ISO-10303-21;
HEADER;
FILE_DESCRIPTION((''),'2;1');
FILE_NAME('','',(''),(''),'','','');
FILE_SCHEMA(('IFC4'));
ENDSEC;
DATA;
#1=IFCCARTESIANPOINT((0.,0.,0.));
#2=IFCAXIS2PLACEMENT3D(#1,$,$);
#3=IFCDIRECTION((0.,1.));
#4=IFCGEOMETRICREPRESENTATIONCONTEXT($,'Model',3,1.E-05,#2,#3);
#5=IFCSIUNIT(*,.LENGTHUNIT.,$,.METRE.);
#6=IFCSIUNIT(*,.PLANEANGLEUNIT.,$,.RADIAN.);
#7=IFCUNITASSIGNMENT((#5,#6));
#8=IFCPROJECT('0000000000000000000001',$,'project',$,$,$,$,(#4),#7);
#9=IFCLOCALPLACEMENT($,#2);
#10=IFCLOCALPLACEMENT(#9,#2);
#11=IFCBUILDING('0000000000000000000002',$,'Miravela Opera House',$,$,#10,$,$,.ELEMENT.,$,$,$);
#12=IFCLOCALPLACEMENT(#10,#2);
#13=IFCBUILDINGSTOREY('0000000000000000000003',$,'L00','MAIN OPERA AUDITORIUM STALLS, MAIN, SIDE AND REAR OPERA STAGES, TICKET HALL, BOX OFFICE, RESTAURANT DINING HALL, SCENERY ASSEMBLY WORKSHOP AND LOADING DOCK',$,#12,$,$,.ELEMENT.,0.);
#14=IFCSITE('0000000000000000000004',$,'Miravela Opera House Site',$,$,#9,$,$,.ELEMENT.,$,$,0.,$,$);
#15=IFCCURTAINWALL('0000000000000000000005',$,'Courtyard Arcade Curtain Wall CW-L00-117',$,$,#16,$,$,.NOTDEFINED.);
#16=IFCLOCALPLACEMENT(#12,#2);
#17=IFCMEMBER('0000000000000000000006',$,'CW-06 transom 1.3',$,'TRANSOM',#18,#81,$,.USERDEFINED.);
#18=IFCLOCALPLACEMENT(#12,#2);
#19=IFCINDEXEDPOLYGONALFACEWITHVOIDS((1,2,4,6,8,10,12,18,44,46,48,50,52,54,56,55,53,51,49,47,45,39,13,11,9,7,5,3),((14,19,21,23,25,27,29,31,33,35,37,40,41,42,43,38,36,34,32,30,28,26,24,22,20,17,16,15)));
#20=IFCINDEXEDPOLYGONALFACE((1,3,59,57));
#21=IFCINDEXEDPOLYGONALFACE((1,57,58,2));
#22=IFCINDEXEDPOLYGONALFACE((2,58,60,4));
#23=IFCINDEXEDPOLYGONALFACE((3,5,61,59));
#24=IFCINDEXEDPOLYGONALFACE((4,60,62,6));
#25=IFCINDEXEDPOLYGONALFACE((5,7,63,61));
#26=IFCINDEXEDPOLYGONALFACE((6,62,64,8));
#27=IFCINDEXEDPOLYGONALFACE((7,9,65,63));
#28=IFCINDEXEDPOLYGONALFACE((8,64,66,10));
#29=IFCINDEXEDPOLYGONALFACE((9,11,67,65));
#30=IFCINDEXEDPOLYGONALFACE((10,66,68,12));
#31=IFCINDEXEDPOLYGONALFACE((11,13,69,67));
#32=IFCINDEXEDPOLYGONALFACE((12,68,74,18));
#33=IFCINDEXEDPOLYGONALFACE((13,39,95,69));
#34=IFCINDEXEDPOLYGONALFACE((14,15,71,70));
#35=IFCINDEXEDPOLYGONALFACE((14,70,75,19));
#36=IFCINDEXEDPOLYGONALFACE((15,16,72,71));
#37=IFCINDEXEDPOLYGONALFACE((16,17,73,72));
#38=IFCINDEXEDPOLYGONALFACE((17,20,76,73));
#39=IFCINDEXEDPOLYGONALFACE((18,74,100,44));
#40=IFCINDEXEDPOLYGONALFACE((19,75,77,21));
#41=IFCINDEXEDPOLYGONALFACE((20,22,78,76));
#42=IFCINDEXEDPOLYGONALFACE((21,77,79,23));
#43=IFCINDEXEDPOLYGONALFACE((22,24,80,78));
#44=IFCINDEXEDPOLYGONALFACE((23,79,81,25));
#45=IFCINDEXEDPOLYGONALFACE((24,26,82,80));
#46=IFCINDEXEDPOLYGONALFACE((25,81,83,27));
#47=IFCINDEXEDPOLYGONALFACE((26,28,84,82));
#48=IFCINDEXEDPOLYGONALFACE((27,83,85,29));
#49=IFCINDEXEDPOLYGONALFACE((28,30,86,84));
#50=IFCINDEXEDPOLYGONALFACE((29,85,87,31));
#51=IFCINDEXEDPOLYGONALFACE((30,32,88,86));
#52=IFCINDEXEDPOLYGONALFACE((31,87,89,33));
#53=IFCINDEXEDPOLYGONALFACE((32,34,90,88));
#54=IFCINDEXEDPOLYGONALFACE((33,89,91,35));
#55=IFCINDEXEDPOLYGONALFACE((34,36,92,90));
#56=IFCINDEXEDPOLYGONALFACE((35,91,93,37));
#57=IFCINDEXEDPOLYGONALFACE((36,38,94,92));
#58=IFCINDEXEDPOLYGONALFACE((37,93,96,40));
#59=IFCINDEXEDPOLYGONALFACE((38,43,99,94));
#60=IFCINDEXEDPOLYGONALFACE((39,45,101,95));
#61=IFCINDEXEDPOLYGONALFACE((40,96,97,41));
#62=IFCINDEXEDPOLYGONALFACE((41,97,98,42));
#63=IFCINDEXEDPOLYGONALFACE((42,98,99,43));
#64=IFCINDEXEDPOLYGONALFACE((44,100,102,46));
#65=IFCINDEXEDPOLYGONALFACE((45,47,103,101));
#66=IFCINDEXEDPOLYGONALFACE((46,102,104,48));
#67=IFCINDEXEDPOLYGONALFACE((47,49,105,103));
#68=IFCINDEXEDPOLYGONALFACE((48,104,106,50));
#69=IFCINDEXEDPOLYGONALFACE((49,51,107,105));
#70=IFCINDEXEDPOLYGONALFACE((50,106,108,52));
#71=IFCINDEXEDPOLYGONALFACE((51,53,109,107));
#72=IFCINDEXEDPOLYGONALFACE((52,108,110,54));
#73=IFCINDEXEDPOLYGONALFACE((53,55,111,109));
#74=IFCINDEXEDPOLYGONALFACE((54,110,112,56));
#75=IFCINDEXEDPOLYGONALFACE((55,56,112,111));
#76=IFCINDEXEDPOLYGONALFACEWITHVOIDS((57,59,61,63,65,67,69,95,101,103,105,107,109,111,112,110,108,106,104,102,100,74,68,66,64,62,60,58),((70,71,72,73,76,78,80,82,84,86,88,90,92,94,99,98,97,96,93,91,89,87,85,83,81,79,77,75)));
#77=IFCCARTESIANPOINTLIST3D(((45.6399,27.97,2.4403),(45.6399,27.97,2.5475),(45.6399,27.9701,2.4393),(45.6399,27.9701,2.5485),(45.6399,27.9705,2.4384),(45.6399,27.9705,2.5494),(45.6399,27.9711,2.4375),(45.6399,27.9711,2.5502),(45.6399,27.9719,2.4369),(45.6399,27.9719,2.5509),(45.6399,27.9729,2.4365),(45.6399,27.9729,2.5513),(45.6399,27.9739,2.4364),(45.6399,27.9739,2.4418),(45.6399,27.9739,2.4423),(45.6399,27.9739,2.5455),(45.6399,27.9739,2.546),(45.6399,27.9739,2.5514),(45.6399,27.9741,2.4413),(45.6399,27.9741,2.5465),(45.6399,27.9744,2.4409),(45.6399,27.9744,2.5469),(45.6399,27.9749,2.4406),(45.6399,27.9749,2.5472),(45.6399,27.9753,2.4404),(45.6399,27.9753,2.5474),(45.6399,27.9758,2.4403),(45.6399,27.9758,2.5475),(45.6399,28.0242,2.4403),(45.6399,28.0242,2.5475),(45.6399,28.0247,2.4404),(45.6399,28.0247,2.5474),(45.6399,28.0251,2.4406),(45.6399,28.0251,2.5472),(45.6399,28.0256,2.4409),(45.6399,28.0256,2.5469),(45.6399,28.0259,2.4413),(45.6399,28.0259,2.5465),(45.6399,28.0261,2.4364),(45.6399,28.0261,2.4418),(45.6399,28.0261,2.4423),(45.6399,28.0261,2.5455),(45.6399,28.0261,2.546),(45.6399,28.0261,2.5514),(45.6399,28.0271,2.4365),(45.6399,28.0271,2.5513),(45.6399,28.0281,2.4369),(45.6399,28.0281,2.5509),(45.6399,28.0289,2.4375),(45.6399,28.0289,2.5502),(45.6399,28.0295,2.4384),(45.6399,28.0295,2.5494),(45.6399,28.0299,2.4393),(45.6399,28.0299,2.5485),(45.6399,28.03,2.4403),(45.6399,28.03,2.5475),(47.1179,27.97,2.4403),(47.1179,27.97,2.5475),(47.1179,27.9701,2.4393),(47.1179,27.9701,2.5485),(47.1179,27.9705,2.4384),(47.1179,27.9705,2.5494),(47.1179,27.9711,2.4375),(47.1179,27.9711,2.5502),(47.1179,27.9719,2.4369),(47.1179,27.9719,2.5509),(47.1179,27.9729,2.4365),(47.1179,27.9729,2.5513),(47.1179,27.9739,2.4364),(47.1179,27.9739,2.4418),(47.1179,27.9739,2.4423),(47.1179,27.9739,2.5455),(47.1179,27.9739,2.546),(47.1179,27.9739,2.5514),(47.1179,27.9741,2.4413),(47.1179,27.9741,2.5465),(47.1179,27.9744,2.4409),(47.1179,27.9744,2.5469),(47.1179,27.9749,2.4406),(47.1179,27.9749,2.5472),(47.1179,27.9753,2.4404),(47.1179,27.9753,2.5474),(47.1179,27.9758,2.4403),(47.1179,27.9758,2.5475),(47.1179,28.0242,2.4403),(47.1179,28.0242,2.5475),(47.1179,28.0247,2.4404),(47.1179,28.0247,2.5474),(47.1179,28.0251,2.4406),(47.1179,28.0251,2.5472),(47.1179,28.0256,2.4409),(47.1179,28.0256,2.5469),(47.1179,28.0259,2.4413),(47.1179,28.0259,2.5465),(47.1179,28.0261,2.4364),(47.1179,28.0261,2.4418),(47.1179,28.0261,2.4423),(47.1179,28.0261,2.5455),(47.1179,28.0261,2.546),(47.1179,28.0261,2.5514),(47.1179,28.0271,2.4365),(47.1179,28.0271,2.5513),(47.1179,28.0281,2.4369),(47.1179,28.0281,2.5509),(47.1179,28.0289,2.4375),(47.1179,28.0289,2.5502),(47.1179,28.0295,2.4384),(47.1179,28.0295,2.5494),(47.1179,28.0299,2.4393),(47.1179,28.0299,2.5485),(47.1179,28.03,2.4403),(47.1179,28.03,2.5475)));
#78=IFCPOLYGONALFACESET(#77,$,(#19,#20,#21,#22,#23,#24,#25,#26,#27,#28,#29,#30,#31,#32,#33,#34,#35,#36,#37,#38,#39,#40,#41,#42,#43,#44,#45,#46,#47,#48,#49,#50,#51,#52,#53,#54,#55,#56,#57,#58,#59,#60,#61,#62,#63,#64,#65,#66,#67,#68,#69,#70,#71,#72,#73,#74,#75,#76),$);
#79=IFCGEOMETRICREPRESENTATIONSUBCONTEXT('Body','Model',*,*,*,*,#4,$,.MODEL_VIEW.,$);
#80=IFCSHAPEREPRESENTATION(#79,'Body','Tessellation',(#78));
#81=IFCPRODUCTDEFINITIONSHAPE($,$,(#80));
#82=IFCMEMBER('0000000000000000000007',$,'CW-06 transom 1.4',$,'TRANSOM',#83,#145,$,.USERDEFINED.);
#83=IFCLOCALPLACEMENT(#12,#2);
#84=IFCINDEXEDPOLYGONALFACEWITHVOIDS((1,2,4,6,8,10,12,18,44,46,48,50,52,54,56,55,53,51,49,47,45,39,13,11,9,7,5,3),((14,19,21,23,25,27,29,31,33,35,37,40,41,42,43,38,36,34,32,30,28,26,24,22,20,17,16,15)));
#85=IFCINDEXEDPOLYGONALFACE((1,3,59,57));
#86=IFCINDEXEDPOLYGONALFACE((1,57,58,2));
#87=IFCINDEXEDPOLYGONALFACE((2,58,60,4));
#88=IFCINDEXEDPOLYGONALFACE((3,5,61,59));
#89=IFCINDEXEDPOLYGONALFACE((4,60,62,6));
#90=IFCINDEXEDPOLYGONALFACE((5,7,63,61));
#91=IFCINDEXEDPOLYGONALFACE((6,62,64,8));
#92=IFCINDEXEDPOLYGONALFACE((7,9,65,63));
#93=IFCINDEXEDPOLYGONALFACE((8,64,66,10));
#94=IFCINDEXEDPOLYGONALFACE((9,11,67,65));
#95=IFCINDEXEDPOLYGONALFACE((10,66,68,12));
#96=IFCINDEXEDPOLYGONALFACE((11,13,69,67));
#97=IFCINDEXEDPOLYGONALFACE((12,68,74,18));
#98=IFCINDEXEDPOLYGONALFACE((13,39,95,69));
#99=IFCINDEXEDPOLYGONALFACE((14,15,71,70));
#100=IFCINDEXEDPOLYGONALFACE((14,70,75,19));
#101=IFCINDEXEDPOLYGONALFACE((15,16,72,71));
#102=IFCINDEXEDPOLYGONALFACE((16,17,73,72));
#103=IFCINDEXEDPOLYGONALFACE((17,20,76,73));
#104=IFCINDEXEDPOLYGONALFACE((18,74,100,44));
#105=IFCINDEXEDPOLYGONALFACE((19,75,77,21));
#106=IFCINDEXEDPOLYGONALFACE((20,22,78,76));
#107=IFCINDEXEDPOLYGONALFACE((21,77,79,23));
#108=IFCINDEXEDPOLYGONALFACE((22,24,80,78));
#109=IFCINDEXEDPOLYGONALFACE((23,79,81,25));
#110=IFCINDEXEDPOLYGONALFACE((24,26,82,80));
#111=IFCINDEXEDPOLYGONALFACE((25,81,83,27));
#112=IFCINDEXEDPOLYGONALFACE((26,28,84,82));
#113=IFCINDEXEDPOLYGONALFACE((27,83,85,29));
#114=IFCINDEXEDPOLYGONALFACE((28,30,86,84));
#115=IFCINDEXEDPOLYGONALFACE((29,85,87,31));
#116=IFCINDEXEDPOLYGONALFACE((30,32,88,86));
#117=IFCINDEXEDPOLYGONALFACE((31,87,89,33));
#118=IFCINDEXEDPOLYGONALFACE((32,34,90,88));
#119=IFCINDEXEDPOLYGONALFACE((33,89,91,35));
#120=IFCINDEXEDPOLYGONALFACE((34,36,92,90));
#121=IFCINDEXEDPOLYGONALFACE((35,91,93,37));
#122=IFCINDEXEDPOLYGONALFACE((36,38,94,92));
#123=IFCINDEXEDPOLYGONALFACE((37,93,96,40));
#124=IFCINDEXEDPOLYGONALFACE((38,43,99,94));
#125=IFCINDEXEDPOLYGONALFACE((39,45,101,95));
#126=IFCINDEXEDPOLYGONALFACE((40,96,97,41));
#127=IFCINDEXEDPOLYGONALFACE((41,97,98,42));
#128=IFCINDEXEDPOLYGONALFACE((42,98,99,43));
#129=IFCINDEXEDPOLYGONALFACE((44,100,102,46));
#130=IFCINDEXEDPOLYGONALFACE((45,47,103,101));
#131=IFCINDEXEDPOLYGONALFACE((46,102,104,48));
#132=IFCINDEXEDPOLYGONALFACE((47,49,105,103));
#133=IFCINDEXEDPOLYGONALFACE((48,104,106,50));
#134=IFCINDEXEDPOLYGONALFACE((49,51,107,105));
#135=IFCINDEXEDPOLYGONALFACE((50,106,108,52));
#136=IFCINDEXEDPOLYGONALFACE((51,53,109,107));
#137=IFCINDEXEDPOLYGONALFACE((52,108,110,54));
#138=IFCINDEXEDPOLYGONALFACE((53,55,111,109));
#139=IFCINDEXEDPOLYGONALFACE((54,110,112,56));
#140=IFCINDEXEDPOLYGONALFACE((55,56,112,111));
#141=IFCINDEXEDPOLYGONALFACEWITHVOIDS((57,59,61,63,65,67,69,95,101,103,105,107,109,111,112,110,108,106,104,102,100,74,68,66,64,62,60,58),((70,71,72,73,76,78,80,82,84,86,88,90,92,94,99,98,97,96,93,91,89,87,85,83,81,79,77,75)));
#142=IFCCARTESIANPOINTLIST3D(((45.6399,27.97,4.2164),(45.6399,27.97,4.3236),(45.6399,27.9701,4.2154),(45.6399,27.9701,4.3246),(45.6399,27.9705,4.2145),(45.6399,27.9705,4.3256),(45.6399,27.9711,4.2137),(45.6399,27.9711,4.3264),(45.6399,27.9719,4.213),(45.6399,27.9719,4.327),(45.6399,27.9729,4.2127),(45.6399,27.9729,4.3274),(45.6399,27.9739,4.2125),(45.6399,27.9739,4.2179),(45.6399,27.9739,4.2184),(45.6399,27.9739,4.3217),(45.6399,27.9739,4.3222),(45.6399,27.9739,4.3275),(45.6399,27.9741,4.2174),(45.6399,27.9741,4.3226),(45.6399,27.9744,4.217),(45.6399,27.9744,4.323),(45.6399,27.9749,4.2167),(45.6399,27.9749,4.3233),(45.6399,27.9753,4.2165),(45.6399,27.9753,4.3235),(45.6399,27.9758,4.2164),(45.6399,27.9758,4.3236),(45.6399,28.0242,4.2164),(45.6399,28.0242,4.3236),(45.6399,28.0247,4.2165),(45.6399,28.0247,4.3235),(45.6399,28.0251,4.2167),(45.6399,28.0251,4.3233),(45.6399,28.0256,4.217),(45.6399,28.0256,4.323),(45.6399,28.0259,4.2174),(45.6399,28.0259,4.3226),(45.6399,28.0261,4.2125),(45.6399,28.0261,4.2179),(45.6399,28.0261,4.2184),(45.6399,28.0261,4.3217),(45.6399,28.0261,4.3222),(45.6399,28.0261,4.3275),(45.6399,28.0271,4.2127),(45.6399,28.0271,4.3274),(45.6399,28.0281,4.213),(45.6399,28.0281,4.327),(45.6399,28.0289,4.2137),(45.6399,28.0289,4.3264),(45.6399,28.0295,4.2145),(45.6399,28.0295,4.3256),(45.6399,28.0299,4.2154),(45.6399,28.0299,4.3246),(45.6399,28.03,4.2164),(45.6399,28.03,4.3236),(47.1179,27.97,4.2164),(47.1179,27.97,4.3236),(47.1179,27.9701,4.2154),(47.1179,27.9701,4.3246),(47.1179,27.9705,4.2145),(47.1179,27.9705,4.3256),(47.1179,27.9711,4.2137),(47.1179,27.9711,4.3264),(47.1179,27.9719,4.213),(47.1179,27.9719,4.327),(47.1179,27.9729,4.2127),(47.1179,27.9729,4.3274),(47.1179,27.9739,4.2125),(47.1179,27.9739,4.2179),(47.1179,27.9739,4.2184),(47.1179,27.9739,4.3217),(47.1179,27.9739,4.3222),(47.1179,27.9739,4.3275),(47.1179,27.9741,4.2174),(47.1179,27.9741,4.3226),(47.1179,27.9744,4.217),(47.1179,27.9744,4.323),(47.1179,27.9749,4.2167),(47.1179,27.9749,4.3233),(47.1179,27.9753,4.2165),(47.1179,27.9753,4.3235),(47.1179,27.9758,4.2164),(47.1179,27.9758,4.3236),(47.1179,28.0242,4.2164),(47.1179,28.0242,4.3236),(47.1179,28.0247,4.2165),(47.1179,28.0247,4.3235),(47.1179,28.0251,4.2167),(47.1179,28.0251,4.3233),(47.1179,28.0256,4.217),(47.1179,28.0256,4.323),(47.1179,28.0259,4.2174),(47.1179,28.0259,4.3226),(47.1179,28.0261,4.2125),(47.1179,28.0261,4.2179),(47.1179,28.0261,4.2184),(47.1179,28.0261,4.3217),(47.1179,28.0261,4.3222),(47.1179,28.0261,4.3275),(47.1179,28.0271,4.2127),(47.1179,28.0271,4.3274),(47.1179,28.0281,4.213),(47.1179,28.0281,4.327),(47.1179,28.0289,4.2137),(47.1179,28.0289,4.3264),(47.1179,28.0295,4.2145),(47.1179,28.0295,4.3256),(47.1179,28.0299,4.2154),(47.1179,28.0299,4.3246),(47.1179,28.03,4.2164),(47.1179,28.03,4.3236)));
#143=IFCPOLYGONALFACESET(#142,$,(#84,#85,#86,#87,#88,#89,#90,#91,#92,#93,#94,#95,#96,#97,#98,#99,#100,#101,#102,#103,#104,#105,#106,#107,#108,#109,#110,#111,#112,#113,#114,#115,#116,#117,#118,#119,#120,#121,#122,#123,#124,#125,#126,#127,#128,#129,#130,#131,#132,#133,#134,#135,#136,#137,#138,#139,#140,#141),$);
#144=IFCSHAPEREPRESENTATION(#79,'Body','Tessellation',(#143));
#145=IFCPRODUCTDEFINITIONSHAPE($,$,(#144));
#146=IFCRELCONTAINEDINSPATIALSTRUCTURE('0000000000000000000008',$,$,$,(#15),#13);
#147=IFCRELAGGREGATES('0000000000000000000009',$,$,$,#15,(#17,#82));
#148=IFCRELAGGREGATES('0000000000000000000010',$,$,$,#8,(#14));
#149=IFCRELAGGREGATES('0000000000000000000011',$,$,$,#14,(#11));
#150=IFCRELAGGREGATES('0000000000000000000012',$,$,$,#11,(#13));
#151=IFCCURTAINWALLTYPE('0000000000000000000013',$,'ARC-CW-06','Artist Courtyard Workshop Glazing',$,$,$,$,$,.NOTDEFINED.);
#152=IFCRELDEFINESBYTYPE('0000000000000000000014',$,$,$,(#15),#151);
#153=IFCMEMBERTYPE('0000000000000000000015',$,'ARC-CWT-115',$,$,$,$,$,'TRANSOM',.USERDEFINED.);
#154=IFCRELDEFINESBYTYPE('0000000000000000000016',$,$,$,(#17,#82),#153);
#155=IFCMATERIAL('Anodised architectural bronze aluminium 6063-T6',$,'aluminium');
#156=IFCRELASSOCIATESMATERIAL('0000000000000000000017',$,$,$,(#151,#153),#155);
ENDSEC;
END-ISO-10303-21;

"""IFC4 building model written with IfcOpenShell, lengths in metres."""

from ifc_helpers import new_model, si_unit, direction, frame, origin, origin_2d, place, context, subcontext, project, spatial, hollow_rectangle, extrude, material, material_profile, profile_set, type_object, element, aggregate, save


model = new_model("IFC4")

# Units and contexts
model_context = context("Model", 3, precision=1e-05, world=origin(), true_north=direction((0.0, 1.0)))
body_context = subcontext(model_context, "Body", "Model", "MODEL_VIEW")
ifc_project = project(units=[si_unit("LENGTHUNIT", "METRE"), si_unit("PLANEANGLEUNIT", "RADIAN")], contexts=[model_context])

# Site, building, storey
site_placement = place(None, origin())
site = spatial("IfcSite", under=ifc_project, at=site_placement, Name="Miravela Opera House Site", CompositionType="ELEMENT", RefElevation=0.0)
building_placement = place(site_placement, origin())
building = spatial("IfcBuilding", under=site, at=building_placement, Name="Miravela Opera House", CompositionType="ELEMENT")
storey_placement = place(building_placement, origin())
storey = spatial("IfcBuildingStorey", under=building, at=storey_placement, Name="L00", Description="MAIN OPERA AUDITORIUM STALLS, MAIN, SIDE AND REAR OPERA STAGES, TICKET HALL, BOX OFFICE, RESTAURANT DINING HALL, SCENERY ASSEMBLY WORKSHOP AND LOADING DOCK", CompositionType="ELEMENT", Elevation=0.0)

# Shared definitions
ifc_material_1 = material(Name="Anodised architectural bronze aluminium 6063-T6", Category="aluminium")
curtain_wall_type = type_object("IfcCurtainWallType", Name="ARC-CW-06", Description="Artist Courtyard Workshop Glazing", PredefinedType="NOTDEFINED", material=ifc_material_1)

# Curtain wall
curtain_wall_1_placement = place(storey_placement, origin())
curtain_wall_1 = element("IfcCurtainWall", 1, at=curtain_wall_1_placement, inside=storey, type_object=curtain_wall_type, Name="Courtyard Arcade Curtain Wall CW-L00-117", PredefinedType="NOTDEFINED")

# Members
ifc_material_profile_1 = material_profile(ifc_material_1, hollow_rectangle(XDim=0.0601, YDim=0.115, WallThickness=0.0039, InnerFilletRadius=0.002, OuterFilletRadius=0.0039, at=origin_2d()), Name="CWT-60X115")
ifc_profile_set_1 = profile_set([ifc_material_profile_1])
member_type_1 = type_object("IfcMemberType", Name="ARC-CWT-115", ElementType="TRANSOM", PredefinedType="USERDEFINED", material=ifc_profile_set_1)
member_1_placement = place(storey_placement, frame((45.6399, 28.0, 2.4939), z_axis=(1.0, 0.0, 0.0), x_axis=(0.0, 1.0, 0.0)))
member_1 = element("IfcMember", 2, at=member_1_placement, type_object=member_type_1, Name="CW-06 transom 1.3", ObjectType="TRANSOM", PredefinedType="USERDEFINED", context=body_context, shape_type="SweptSolid", body=[
    extrude(hollow_rectangle(XDim=0.0601, YDim=0.115, WallThickness=0.0039, InnerFilletRadius=0.002, OuterFilletRadius=0.0039, at=origin_2d()), origin(), (0.0, 0.0, 1.0), 1.478),
])
member_2_placement = place(storey_placement, frame((45.6399, 28.0, 4.27), z_axis=(1.0, 0.0, 0.0), x_axis=(0.0, 1.0, 0.0)))
member_2 = element("IfcMember", 3, at=member_2_placement, type_object=member_type_1, Name="CW-06 transom 1.4", ObjectType="TRANSOM", PredefinedType="USERDEFINED", context=body_context, shape_type="SweptSolid", body=[
    extrude(hollow_rectangle(XDim=0.0601, YDim=0.115, WallThickness=0.0039, InnerFilletRadius=0.002, OuterFilletRadius=0.0039, at=origin_2d()), origin(), (0.0, 0.0, 1.0), 1.478),
])

aggregate(curtain_wall_1, [member_1, member_2])

save(model, "model.ifc")
